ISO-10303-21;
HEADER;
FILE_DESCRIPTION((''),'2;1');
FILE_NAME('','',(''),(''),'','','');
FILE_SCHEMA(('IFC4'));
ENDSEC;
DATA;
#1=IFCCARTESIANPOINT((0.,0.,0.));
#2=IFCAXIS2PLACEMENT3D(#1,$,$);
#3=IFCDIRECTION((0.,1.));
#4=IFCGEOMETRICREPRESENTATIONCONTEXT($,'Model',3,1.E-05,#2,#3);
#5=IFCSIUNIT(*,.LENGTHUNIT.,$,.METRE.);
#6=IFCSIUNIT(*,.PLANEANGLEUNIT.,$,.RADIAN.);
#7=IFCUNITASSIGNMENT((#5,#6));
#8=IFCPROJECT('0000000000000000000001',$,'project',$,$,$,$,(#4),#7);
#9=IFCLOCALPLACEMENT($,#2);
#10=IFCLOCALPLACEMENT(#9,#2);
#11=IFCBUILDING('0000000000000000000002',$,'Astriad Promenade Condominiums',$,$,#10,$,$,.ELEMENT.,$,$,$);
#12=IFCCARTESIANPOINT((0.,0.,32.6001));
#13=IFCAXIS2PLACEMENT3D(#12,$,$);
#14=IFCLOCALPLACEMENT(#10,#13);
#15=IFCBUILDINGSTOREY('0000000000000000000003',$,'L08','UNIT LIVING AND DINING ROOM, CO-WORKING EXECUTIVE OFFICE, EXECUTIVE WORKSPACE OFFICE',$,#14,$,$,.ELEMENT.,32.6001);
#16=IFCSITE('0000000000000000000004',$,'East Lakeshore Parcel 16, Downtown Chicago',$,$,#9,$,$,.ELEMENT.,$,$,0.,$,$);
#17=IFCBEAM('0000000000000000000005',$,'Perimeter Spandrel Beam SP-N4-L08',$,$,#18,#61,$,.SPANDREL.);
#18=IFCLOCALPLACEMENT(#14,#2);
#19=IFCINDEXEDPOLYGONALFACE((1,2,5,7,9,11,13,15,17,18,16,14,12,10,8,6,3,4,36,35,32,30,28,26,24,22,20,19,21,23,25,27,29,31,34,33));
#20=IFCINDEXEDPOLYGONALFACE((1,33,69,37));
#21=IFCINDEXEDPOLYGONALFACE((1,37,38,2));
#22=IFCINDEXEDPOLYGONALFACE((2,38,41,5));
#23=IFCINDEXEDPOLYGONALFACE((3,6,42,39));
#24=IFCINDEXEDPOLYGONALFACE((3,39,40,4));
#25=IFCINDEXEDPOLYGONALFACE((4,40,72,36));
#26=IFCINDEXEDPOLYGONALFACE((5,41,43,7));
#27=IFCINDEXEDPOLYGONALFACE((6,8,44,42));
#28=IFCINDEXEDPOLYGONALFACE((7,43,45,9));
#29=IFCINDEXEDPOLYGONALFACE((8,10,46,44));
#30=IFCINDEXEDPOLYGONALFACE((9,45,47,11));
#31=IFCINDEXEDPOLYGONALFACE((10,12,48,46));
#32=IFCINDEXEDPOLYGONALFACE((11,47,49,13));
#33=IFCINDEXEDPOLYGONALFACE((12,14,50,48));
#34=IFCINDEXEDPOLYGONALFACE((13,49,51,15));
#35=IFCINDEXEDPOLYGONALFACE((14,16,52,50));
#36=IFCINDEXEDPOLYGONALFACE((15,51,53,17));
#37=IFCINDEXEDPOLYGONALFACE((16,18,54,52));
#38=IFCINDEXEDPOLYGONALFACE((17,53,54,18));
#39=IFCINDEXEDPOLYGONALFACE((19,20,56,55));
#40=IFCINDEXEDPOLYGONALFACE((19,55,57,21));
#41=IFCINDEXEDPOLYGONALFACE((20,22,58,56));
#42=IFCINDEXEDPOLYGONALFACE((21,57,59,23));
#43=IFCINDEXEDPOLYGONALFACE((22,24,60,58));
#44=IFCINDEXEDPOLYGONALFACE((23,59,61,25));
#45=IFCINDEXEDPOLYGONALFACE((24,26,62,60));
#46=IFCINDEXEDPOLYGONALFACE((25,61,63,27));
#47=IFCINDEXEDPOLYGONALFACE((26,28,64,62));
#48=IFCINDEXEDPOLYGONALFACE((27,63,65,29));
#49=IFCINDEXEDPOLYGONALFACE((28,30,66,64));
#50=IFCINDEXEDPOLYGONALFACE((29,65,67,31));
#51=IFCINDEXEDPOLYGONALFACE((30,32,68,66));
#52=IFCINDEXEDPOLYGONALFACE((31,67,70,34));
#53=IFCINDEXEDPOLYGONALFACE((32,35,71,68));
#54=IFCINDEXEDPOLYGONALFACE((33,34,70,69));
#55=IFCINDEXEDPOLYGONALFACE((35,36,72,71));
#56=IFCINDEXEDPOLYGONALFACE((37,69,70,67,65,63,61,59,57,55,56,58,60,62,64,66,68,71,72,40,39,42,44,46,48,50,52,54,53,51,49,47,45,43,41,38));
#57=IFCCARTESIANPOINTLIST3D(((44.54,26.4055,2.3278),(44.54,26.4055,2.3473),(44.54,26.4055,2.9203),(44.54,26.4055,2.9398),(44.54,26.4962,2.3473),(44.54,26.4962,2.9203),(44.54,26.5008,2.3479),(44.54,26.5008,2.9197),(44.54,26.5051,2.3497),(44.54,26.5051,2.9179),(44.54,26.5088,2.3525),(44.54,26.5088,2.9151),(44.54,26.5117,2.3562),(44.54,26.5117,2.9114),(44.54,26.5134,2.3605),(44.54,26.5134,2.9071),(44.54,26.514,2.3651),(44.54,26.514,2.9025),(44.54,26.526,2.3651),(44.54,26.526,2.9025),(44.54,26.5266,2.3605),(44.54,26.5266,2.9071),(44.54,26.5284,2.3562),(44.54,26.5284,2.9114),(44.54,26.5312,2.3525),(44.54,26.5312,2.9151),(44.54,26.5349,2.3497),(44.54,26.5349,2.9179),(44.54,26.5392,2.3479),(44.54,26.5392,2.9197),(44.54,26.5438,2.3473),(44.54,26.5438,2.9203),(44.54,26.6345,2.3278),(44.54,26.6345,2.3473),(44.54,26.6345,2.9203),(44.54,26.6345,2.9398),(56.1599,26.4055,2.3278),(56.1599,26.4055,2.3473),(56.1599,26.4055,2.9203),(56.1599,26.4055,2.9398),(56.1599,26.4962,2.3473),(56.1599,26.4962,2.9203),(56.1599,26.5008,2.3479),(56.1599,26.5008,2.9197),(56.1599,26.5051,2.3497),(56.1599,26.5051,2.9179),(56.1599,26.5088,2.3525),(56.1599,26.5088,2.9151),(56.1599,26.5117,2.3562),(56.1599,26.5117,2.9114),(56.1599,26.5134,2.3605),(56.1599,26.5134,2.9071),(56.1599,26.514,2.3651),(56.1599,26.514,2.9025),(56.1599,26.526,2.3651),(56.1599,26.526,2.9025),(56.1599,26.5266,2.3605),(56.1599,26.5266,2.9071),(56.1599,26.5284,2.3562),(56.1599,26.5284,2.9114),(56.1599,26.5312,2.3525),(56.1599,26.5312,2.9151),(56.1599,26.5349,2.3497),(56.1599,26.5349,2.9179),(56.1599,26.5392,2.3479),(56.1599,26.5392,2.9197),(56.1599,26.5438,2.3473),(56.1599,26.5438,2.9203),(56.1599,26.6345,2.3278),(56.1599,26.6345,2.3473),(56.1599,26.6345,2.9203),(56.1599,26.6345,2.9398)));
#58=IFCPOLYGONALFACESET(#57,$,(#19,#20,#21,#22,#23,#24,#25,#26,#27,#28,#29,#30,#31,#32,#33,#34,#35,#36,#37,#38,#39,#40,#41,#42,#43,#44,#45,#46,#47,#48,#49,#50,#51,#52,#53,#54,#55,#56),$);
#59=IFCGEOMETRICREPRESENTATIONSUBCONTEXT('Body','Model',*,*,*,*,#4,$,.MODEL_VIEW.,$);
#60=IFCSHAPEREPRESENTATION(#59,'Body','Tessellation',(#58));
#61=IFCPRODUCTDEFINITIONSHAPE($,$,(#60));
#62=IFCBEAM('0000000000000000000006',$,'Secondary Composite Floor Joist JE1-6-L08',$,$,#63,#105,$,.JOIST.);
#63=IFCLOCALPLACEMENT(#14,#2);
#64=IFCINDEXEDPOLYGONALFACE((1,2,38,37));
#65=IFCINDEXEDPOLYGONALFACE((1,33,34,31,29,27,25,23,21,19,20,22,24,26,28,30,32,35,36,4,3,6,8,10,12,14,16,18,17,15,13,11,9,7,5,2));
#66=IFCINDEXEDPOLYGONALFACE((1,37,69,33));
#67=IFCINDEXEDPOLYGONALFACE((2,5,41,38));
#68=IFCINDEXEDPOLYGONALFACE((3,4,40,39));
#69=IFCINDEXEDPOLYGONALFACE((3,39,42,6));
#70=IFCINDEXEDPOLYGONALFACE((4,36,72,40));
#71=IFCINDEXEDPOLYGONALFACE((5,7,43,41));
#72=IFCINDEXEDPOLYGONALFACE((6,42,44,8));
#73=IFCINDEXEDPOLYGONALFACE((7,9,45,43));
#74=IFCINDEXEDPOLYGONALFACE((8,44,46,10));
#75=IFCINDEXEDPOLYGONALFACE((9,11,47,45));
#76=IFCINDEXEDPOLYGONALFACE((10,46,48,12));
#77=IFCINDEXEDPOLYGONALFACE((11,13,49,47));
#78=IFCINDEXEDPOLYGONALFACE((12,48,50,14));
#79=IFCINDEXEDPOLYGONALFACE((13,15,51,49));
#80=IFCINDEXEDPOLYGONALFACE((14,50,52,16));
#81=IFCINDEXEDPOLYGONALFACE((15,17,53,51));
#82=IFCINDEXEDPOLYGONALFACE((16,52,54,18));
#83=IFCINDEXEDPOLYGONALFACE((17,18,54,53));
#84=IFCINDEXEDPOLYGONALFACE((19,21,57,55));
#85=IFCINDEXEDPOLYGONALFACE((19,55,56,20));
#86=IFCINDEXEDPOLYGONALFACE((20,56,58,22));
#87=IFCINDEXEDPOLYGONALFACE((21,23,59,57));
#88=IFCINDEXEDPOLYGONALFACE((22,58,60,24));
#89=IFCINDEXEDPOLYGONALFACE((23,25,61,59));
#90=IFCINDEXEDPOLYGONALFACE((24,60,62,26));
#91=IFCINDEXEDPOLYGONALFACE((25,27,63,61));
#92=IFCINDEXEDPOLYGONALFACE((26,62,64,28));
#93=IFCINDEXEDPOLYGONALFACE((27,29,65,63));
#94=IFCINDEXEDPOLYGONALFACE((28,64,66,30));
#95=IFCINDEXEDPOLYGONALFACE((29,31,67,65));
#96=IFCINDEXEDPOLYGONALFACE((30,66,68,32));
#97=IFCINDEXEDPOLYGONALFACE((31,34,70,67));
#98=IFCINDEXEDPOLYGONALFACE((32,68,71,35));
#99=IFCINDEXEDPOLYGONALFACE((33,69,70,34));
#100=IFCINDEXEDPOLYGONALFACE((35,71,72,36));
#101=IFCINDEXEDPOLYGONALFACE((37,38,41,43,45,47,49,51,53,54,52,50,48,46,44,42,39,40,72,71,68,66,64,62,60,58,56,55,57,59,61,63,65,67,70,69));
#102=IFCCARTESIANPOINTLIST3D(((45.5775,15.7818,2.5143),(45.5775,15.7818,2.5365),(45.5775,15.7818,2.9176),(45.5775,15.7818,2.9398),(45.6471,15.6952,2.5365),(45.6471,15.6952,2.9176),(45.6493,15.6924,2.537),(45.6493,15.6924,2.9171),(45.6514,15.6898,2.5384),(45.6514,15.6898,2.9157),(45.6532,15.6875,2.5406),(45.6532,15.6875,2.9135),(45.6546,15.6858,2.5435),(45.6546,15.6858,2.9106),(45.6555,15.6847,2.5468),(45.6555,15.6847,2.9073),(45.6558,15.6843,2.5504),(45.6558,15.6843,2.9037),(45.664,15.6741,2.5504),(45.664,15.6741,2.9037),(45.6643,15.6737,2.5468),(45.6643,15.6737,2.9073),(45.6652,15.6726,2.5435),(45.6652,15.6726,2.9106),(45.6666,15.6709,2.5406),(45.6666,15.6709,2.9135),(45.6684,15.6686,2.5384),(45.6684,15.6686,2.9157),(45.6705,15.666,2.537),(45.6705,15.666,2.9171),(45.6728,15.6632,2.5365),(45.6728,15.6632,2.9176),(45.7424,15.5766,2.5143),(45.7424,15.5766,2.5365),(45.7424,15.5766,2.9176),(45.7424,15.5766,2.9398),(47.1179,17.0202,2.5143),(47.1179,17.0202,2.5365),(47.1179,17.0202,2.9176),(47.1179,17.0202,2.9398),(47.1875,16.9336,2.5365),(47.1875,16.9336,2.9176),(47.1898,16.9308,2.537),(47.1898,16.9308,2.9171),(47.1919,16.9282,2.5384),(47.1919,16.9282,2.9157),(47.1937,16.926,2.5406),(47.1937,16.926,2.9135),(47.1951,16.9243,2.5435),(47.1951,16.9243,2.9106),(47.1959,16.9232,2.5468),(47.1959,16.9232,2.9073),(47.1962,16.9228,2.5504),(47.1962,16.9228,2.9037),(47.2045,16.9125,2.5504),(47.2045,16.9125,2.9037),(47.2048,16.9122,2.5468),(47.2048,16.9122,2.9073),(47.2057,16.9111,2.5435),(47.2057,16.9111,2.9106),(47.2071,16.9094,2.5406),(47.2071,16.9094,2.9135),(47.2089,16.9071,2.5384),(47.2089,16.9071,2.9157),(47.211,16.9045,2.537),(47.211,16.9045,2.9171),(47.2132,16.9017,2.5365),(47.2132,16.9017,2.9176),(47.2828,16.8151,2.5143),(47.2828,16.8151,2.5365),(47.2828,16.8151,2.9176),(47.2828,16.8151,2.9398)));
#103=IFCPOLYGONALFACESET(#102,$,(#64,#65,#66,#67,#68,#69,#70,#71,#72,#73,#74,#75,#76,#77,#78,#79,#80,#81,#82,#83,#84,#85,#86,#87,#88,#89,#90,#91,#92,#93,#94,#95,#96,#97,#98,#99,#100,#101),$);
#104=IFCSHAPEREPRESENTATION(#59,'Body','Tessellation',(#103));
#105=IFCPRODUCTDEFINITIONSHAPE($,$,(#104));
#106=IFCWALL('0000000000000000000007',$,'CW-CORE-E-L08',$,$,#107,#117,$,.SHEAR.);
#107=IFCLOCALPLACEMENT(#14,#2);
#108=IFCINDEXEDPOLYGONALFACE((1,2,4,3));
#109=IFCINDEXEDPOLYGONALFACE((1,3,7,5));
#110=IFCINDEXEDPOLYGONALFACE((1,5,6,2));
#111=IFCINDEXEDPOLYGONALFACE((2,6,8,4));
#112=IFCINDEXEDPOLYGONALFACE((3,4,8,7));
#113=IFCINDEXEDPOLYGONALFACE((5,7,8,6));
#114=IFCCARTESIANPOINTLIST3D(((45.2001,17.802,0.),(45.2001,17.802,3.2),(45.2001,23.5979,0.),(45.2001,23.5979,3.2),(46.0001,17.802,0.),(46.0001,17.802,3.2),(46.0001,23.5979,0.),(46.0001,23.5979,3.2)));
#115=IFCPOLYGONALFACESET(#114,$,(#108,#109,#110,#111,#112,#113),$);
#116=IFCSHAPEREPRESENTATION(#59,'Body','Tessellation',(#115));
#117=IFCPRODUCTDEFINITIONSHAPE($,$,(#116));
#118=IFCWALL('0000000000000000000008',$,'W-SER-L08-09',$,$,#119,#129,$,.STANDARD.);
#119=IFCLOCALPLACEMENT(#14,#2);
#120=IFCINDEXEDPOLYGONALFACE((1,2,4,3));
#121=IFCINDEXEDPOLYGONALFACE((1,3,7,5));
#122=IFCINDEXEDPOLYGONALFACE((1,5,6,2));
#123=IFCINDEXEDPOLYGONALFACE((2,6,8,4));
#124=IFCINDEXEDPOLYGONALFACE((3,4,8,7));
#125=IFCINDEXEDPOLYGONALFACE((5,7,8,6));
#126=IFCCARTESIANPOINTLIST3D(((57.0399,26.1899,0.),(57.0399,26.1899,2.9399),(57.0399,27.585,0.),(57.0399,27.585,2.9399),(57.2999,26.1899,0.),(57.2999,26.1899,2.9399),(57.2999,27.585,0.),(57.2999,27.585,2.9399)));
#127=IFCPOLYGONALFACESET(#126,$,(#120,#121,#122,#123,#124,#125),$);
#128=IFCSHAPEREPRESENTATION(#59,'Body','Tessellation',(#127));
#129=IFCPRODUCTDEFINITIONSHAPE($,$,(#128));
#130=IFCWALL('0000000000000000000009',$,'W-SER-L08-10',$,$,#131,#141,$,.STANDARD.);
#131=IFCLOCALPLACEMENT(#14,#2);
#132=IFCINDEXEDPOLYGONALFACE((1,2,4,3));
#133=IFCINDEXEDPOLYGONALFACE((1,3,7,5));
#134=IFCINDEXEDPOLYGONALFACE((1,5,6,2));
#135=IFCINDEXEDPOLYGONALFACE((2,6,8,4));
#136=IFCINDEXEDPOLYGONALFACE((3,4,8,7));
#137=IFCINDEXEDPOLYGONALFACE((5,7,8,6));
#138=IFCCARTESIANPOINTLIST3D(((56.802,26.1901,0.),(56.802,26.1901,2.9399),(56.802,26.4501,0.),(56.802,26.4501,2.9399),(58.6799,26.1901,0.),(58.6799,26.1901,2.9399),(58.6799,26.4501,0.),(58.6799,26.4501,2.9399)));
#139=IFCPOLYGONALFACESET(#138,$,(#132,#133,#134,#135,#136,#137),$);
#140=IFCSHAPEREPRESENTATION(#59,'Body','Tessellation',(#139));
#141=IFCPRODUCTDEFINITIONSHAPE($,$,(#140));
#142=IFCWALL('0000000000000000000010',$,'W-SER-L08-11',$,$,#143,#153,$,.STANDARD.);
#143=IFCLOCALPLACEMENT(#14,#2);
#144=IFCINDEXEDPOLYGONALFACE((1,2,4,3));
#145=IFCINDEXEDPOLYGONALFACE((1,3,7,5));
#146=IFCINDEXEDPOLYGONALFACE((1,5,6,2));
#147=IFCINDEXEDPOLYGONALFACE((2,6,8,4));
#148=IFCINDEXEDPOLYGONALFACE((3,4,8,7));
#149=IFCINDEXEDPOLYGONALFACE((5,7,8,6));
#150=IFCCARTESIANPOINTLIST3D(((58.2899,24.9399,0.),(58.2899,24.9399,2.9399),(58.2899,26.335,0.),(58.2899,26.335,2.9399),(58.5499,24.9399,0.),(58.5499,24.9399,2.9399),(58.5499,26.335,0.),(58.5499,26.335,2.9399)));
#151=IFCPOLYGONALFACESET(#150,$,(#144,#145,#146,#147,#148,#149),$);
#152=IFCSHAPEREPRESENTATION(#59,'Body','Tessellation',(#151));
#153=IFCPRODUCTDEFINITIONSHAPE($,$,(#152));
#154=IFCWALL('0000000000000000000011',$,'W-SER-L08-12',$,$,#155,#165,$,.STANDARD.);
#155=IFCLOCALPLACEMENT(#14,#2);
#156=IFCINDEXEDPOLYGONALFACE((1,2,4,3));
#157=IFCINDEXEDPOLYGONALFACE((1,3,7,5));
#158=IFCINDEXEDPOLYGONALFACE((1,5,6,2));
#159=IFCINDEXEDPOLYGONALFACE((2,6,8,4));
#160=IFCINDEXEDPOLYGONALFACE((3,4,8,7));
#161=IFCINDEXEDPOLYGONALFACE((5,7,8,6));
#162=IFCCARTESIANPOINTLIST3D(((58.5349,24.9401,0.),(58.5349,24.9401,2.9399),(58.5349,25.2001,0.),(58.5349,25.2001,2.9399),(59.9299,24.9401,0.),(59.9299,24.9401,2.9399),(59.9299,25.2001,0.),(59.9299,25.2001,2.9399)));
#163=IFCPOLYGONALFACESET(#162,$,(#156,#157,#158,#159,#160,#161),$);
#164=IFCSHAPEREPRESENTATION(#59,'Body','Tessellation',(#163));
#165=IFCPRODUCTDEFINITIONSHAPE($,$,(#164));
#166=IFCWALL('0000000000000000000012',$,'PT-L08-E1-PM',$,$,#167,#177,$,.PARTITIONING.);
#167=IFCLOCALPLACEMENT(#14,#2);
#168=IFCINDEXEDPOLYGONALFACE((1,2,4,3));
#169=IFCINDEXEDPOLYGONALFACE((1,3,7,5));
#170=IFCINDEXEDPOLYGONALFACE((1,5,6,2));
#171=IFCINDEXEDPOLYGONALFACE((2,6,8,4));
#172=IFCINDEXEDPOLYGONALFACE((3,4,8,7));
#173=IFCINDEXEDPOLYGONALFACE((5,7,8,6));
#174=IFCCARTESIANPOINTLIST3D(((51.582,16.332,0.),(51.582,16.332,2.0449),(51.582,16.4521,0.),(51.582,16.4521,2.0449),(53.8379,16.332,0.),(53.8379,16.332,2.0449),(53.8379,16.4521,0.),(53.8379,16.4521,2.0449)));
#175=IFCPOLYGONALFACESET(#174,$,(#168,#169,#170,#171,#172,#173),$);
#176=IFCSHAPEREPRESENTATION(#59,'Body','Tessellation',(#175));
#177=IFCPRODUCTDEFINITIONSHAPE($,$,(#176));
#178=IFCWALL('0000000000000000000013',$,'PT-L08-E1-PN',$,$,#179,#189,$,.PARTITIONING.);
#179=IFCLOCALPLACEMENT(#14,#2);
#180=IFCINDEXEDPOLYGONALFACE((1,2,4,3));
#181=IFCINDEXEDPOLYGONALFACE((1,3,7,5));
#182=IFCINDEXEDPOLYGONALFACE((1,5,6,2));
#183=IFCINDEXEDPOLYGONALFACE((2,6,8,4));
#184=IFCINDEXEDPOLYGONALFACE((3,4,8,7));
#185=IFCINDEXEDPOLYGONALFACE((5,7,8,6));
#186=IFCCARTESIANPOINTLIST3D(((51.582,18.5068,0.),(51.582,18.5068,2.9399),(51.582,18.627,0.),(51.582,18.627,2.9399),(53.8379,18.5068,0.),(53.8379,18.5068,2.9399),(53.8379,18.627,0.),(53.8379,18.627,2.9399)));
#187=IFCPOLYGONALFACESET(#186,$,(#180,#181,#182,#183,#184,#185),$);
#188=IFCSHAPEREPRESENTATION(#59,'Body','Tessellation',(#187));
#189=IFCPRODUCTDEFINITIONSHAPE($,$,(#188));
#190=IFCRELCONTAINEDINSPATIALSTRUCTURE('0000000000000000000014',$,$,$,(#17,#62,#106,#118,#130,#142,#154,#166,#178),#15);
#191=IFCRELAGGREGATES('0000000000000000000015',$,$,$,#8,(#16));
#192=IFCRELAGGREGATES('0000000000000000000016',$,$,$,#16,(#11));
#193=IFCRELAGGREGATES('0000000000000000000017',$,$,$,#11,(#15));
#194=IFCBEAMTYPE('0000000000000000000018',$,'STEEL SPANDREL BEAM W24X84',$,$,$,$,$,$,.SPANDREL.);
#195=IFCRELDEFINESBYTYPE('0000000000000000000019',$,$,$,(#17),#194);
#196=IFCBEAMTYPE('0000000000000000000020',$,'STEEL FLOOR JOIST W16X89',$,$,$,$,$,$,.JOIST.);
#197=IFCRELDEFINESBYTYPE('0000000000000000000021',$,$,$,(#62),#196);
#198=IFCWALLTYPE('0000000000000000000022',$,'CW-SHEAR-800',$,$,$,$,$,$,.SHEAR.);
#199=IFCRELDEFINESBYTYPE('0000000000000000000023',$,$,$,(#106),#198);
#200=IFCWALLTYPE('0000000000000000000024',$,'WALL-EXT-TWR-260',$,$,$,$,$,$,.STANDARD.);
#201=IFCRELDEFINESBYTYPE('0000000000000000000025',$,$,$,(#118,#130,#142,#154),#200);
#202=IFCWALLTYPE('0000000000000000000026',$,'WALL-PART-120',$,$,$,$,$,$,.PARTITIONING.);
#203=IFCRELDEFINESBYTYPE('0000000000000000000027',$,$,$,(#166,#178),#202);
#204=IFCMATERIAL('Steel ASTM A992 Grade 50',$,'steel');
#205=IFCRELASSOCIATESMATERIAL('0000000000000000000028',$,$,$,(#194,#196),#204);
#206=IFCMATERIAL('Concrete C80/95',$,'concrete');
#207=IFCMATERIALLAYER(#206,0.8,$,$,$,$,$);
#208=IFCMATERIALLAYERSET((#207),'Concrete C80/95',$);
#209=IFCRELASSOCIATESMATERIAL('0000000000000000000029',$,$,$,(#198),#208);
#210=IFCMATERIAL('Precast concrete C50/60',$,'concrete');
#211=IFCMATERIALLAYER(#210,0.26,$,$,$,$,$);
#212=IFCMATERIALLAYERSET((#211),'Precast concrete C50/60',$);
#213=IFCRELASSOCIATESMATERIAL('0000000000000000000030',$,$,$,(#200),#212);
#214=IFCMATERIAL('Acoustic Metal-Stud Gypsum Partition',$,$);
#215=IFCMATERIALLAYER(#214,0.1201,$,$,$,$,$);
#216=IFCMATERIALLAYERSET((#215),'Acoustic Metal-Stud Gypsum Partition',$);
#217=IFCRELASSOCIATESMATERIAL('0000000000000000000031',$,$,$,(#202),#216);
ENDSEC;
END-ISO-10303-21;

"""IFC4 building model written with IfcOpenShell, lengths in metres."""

from ifc_helpers import new_model, si_unit, direction, frame, frame_2d, origin, origin_2d, place, context, subcontext, project, spatial, rectangle, i_section, extrude, source, transform, mapped, material, layer, layer_set, material_profile, profile_set, type_object, type_shapes, element, save


model = new_model("IFC4")

# Units and contexts
model_context = context("Model", 3, precision=1e-05, world=origin(), true_north=direction((0.0, 1.0)))
body_context = subcontext(model_context, "Body", "Model", "MODEL_VIEW")
ifc_project = project(units=[si_unit("LENGTHUNIT", "METRE"), si_unit("PLANEANGLEUNIT", "RADIAN")], contexts=[model_context])

# Site, building, storey
site_placement = place(None, origin())
site = spatial("IfcSite", under=ifc_project, at=site_placement, Name="East Lakeshore Parcel 16, Downtown Chicago", CompositionType="ELEMENT", RefElevation=0.0)
building_placement = place(site_placement, origin())
building = spatial("IfcBuilding", under=site, at=building_placement, Name="Astriad Promenade Condominiums", CompositionType="ELEMENT")
storey_placement = place(building_placement, frame((0.0, 0.0, 32.6001)))
storey = spatial("IfcBuildingStorey", under=building, at=storey_placement, Name="L08", Description="UNIT LIVING AND DINING ROOM, CO-WORKING EXECUTIVE OFFICE, EXECUTIVE WORKSPACE OFFICE", CompositionType="ELEMENT", Elevation=32.6001)

# Shared definitions
ifc_material_1 = material(Name="Steel ASTM A992 Grade 50", Category="steel")
ifc_material_2 = material(Name="Concrete C80/95", Category="concrete")

# Beams
ifc_material_profile_1 = material_profile(ifc_material_1, i_section(OverallWidth=0.229, OverallDepth=0.6121, WebThickness=0.012, FlangeThickness=0.0195, FilletRadius=0.0178, at=origin_2d()), Name="W24X84")
ifc_profile_set_1 = profile_set([ifc_material_profile_1], Name="Steel ASTM A992 Grade 50")
beam_type_1 = type_object("IfcBeamType", Name="STEEL SPANDREL BEAM W24X84", PredefinedType="SPANDREL", material=ifc_profile_set_1)
shared_shape_1 = source(origin(), body_context, "Body", "SweptSolid", [
    extrude(i_section(OverallWidth=0.229, OverallDepth=0.6121, WebThickness=0.012, FlangeThickness=0.0195, FilletRadius=0.0178, at=origin_2d()), origin(), (0.0, 0.0, 1.0), 11.6199),
])
type_shapes(beam_type_1, [shared_shape_1])
beam_1_placement = place(storey_placement, frame((56.1599, 26.52, 2.6338), z_axis=(-1.0, 0.0, 0.0), x_axis=(0.0, -1.0, 0.0)))
element("IfcBeam", 1, at=beam_1_placement, inside=storey, type_object=beam_type_1, Name="Perimeter Spandrel Beam SP-N4-L08", PredefinedType="SPANDREL", context=body_context, shape_type="MappedRepresentation", body=[
    mapped(shared_shape_1, transform((0.0, 0.0, 0.0), scale=1.0)),
])
ifc_material_profile_2 = material_profile(ifc_material_1, i_section(OverallWidth=0.2632, OverallDepth=0.4255, WebThickness=0.0132, FlangeThickness=0.0222, FilletRadius=0.0139, at=origin_2d()), Name="W16X89")
ifc_profile_set_2 = profile_set([ifc_material_profile_2], Name="Steel ASTM A992 Grade 50")
beam_type_2 = type_object("IfcBeamType", Name="STEEL FLOOR JOIST W16X89", PredefinedType="JOIST", material=ifc_profile_set_2)
shared_shape_2 = source(origin(), body_context, "Body", "SweptSolid", [
    extrude(i_section(OverallWidth=0.2632, OverallDepth=0.4255, WebThickness=0.0132, FlangeThickness=0.0222, FilletRadius=0.0139, at=origin_2d()), origin(), (0.0, 0.0, 1.0), 1.9766),
])
type_shapes(beam_type_2, [shared_shape_2])
beam_2_placement = place(storey_placement, frame((45.6599, 15.6792, 2.7271), z_axis=(0.77936, 0.626576, 0.0), x_axis=(-0.626576, 0.77936, 0.0)))
element("IfcBeam", 2, at=beam_2_placement, inside=storey, type_object=beam_type_2, Name="Secondary Composite Floor Joist JE1-6-L08", PredefinedType="JOIST", context=body_context, shape_type="MappedRepresentation", body=[
    mapped(shared_shape_2, transform((0.0, 0.0, 0.0), scale=1.0)),
])

# Walls
ifc_layer_1 = layer(ifc_material_2, 0.8)
ifc_layer_set_1 = layer_set([ifc_layer_1], Name="Concrete C80/95")
wall_type_1 = type_object("IfcWallType", Name="CW-SHEAR-800", PredefinedType="SHEAR", material=ifc_layer_set_1)
wall_1_placement = place(storey_placement, frame((45.6001, 17.802, 0.0), z_axis=(0.0, 0.0, 1.0), x_axis=(0.0, 1.0, 0.0)))
element("IfcWall", 3, at=wall_1_placement, inside=storey, type_object=wall_type_1, Name="CW-CORE-E-L08", PredefinedType="SHEAR", context=body_context, shape_type="SweptSolid", body=[
    extrude(rectangle(XDim=5.7959, YDim=0.8, at=frame_2d((2.8979, 0.0))), origin(), (0.0, 0.0, 1.0), 3.2),
])
ifc_material_3 = material(Name="Precast concrete C50/60", Category="concrete")
ifc_layer_2 = layer(ifc_material_3, 0.26)
ifc_layer_set_2 = layer_set([ifc_layer_2], Name="Precast concrete C50/60")
wall_type_2 = type_object("IfcWallType", Name="WALL-EXT-TWR-260", PredefinedType="STANDARD", material=ifc_layer_set_2)
wall_2_placement = place(storey_placement, frame((57.1699, 27.585, 0.0), z_axis=(0.0, 0.0, 1.0), x_axis=(0.0, -1.0, 0.0)))
element("IfcWall", 4, at=wall_2_placement, inside=storey, type_object=wall_type_2, Name="W-SER-L08-09", PredefinedType="STANDARD", context=body_context, shape_type="SweptSolid", body=[
    extrude(rectangle(XDim=1.395, YDim=0.26, at=frame_2d((0.6975, 0.0))), origin(), (0.0, 0.0, 1.0), 2.9399),
])
wall_3_placement = place(storey_placement, frame((56.802, 26.3201, 0.0), z_axis=(0.0, 0.0, 1.0), x_axis=(1.0, 0.0, 0.0)))
element("IfcWall", 5, at=wall_3_placement, inside=storey, type_object=wall_type_2, Name="W-SER-L08-10", PredefinedType="STANDARD", context=body_context, shape_type="SweptSolid", body=[
    extrude(rectangle(XDim=1.8779, YDim=0.26, at=frame_2d((0.939, 0.0))), origin(), (0.0, 0.0, 1.0), 2.9399),
])
for number, where, z_axis, x_axis, name in (
    (6, (58.4199, 26.335, 0.0), (0.0, 0.0, 1.0), (0.0, -1.0, 0.0), "W-SER-L08-11"),
    (7, (58.5349, 25.0701, 0.0), (0.0, 0.0, 1.0), (1.0, 0.0, 0.0), "W-SER-L08-12"),
):
    element("IfcWall", number, at=place(storey_placement, frame(where, z_axis=z_axis, x_axis=x_axis)), inside=storey, type_object=wall_type_2, Name=name, PredefinedType="STANDARD", context=body_context, shape_type="SweptSolid", body=[
        extrude(rectangle(XDim=1.395, YDim=0.26, at=frame_2d((0.6975, 0.0))), origin(), (0.0, 0.0, 1.0), 2.9399),
    ])
ifc_material_4 = material(Name="Acoustic Metal-Stud Gypsum Partition")
ifc_layer_3 = layer(ifc_material_4, 0.1201)
ifc_layer_set_3 = layer_set([ifc_layer_3], Name="Acoustic Metal-Stud Gypsum Partition")
wall_type_3 = type_object("IfcWallType", Name="WALL-PART-120", PredefinedType="PARTITIONING", material=ifc_layer_set_3)
wall_4_placement = place(storey_placement, frame((51.582, 16.3921, 0.0), z_axis=(0.0, 0.0, 1.0), x_axis=(1.0, 0.0, 0.0)))
element("IfcWall", 8, at=wall_4_placement, inside=storey, type_object=wall_type_3, Name="PT-L08-E1-PM", PredefinedType="PARTITIONING", context=body_context, shape_type="SweptSolid", body=[
    extrude(rectangle(XDim=2.2559, YDim=0.1201, at=frame_2d((1.1279, 0.0))), origin(), (0.0, 0.0, 1.0), 2.0449),
])
wall_5_placement = place(storey_placement, frame((51.582, 18.5669, 0.0), z_axis=(0.0, 0.0, 1.0), x_axis=(1.0, 0.0, 0.0)))
element("IfcWall", 9, at=wall_5_placement, inside=storey, type_object=wall_type_3, Name="PT-L08-E1-PN", PredefinedType="PARTITIONING", context=body_context, shape_type="SweptSolid", body=[
    extrude(rectangle(XDim=2.2559, YDim=0.1201, at=frame_2d((1.1279, 0.0))), origin(), (0.0, 0.0, 1.0), 2.9399),
])

save(model, "model.ifc")
